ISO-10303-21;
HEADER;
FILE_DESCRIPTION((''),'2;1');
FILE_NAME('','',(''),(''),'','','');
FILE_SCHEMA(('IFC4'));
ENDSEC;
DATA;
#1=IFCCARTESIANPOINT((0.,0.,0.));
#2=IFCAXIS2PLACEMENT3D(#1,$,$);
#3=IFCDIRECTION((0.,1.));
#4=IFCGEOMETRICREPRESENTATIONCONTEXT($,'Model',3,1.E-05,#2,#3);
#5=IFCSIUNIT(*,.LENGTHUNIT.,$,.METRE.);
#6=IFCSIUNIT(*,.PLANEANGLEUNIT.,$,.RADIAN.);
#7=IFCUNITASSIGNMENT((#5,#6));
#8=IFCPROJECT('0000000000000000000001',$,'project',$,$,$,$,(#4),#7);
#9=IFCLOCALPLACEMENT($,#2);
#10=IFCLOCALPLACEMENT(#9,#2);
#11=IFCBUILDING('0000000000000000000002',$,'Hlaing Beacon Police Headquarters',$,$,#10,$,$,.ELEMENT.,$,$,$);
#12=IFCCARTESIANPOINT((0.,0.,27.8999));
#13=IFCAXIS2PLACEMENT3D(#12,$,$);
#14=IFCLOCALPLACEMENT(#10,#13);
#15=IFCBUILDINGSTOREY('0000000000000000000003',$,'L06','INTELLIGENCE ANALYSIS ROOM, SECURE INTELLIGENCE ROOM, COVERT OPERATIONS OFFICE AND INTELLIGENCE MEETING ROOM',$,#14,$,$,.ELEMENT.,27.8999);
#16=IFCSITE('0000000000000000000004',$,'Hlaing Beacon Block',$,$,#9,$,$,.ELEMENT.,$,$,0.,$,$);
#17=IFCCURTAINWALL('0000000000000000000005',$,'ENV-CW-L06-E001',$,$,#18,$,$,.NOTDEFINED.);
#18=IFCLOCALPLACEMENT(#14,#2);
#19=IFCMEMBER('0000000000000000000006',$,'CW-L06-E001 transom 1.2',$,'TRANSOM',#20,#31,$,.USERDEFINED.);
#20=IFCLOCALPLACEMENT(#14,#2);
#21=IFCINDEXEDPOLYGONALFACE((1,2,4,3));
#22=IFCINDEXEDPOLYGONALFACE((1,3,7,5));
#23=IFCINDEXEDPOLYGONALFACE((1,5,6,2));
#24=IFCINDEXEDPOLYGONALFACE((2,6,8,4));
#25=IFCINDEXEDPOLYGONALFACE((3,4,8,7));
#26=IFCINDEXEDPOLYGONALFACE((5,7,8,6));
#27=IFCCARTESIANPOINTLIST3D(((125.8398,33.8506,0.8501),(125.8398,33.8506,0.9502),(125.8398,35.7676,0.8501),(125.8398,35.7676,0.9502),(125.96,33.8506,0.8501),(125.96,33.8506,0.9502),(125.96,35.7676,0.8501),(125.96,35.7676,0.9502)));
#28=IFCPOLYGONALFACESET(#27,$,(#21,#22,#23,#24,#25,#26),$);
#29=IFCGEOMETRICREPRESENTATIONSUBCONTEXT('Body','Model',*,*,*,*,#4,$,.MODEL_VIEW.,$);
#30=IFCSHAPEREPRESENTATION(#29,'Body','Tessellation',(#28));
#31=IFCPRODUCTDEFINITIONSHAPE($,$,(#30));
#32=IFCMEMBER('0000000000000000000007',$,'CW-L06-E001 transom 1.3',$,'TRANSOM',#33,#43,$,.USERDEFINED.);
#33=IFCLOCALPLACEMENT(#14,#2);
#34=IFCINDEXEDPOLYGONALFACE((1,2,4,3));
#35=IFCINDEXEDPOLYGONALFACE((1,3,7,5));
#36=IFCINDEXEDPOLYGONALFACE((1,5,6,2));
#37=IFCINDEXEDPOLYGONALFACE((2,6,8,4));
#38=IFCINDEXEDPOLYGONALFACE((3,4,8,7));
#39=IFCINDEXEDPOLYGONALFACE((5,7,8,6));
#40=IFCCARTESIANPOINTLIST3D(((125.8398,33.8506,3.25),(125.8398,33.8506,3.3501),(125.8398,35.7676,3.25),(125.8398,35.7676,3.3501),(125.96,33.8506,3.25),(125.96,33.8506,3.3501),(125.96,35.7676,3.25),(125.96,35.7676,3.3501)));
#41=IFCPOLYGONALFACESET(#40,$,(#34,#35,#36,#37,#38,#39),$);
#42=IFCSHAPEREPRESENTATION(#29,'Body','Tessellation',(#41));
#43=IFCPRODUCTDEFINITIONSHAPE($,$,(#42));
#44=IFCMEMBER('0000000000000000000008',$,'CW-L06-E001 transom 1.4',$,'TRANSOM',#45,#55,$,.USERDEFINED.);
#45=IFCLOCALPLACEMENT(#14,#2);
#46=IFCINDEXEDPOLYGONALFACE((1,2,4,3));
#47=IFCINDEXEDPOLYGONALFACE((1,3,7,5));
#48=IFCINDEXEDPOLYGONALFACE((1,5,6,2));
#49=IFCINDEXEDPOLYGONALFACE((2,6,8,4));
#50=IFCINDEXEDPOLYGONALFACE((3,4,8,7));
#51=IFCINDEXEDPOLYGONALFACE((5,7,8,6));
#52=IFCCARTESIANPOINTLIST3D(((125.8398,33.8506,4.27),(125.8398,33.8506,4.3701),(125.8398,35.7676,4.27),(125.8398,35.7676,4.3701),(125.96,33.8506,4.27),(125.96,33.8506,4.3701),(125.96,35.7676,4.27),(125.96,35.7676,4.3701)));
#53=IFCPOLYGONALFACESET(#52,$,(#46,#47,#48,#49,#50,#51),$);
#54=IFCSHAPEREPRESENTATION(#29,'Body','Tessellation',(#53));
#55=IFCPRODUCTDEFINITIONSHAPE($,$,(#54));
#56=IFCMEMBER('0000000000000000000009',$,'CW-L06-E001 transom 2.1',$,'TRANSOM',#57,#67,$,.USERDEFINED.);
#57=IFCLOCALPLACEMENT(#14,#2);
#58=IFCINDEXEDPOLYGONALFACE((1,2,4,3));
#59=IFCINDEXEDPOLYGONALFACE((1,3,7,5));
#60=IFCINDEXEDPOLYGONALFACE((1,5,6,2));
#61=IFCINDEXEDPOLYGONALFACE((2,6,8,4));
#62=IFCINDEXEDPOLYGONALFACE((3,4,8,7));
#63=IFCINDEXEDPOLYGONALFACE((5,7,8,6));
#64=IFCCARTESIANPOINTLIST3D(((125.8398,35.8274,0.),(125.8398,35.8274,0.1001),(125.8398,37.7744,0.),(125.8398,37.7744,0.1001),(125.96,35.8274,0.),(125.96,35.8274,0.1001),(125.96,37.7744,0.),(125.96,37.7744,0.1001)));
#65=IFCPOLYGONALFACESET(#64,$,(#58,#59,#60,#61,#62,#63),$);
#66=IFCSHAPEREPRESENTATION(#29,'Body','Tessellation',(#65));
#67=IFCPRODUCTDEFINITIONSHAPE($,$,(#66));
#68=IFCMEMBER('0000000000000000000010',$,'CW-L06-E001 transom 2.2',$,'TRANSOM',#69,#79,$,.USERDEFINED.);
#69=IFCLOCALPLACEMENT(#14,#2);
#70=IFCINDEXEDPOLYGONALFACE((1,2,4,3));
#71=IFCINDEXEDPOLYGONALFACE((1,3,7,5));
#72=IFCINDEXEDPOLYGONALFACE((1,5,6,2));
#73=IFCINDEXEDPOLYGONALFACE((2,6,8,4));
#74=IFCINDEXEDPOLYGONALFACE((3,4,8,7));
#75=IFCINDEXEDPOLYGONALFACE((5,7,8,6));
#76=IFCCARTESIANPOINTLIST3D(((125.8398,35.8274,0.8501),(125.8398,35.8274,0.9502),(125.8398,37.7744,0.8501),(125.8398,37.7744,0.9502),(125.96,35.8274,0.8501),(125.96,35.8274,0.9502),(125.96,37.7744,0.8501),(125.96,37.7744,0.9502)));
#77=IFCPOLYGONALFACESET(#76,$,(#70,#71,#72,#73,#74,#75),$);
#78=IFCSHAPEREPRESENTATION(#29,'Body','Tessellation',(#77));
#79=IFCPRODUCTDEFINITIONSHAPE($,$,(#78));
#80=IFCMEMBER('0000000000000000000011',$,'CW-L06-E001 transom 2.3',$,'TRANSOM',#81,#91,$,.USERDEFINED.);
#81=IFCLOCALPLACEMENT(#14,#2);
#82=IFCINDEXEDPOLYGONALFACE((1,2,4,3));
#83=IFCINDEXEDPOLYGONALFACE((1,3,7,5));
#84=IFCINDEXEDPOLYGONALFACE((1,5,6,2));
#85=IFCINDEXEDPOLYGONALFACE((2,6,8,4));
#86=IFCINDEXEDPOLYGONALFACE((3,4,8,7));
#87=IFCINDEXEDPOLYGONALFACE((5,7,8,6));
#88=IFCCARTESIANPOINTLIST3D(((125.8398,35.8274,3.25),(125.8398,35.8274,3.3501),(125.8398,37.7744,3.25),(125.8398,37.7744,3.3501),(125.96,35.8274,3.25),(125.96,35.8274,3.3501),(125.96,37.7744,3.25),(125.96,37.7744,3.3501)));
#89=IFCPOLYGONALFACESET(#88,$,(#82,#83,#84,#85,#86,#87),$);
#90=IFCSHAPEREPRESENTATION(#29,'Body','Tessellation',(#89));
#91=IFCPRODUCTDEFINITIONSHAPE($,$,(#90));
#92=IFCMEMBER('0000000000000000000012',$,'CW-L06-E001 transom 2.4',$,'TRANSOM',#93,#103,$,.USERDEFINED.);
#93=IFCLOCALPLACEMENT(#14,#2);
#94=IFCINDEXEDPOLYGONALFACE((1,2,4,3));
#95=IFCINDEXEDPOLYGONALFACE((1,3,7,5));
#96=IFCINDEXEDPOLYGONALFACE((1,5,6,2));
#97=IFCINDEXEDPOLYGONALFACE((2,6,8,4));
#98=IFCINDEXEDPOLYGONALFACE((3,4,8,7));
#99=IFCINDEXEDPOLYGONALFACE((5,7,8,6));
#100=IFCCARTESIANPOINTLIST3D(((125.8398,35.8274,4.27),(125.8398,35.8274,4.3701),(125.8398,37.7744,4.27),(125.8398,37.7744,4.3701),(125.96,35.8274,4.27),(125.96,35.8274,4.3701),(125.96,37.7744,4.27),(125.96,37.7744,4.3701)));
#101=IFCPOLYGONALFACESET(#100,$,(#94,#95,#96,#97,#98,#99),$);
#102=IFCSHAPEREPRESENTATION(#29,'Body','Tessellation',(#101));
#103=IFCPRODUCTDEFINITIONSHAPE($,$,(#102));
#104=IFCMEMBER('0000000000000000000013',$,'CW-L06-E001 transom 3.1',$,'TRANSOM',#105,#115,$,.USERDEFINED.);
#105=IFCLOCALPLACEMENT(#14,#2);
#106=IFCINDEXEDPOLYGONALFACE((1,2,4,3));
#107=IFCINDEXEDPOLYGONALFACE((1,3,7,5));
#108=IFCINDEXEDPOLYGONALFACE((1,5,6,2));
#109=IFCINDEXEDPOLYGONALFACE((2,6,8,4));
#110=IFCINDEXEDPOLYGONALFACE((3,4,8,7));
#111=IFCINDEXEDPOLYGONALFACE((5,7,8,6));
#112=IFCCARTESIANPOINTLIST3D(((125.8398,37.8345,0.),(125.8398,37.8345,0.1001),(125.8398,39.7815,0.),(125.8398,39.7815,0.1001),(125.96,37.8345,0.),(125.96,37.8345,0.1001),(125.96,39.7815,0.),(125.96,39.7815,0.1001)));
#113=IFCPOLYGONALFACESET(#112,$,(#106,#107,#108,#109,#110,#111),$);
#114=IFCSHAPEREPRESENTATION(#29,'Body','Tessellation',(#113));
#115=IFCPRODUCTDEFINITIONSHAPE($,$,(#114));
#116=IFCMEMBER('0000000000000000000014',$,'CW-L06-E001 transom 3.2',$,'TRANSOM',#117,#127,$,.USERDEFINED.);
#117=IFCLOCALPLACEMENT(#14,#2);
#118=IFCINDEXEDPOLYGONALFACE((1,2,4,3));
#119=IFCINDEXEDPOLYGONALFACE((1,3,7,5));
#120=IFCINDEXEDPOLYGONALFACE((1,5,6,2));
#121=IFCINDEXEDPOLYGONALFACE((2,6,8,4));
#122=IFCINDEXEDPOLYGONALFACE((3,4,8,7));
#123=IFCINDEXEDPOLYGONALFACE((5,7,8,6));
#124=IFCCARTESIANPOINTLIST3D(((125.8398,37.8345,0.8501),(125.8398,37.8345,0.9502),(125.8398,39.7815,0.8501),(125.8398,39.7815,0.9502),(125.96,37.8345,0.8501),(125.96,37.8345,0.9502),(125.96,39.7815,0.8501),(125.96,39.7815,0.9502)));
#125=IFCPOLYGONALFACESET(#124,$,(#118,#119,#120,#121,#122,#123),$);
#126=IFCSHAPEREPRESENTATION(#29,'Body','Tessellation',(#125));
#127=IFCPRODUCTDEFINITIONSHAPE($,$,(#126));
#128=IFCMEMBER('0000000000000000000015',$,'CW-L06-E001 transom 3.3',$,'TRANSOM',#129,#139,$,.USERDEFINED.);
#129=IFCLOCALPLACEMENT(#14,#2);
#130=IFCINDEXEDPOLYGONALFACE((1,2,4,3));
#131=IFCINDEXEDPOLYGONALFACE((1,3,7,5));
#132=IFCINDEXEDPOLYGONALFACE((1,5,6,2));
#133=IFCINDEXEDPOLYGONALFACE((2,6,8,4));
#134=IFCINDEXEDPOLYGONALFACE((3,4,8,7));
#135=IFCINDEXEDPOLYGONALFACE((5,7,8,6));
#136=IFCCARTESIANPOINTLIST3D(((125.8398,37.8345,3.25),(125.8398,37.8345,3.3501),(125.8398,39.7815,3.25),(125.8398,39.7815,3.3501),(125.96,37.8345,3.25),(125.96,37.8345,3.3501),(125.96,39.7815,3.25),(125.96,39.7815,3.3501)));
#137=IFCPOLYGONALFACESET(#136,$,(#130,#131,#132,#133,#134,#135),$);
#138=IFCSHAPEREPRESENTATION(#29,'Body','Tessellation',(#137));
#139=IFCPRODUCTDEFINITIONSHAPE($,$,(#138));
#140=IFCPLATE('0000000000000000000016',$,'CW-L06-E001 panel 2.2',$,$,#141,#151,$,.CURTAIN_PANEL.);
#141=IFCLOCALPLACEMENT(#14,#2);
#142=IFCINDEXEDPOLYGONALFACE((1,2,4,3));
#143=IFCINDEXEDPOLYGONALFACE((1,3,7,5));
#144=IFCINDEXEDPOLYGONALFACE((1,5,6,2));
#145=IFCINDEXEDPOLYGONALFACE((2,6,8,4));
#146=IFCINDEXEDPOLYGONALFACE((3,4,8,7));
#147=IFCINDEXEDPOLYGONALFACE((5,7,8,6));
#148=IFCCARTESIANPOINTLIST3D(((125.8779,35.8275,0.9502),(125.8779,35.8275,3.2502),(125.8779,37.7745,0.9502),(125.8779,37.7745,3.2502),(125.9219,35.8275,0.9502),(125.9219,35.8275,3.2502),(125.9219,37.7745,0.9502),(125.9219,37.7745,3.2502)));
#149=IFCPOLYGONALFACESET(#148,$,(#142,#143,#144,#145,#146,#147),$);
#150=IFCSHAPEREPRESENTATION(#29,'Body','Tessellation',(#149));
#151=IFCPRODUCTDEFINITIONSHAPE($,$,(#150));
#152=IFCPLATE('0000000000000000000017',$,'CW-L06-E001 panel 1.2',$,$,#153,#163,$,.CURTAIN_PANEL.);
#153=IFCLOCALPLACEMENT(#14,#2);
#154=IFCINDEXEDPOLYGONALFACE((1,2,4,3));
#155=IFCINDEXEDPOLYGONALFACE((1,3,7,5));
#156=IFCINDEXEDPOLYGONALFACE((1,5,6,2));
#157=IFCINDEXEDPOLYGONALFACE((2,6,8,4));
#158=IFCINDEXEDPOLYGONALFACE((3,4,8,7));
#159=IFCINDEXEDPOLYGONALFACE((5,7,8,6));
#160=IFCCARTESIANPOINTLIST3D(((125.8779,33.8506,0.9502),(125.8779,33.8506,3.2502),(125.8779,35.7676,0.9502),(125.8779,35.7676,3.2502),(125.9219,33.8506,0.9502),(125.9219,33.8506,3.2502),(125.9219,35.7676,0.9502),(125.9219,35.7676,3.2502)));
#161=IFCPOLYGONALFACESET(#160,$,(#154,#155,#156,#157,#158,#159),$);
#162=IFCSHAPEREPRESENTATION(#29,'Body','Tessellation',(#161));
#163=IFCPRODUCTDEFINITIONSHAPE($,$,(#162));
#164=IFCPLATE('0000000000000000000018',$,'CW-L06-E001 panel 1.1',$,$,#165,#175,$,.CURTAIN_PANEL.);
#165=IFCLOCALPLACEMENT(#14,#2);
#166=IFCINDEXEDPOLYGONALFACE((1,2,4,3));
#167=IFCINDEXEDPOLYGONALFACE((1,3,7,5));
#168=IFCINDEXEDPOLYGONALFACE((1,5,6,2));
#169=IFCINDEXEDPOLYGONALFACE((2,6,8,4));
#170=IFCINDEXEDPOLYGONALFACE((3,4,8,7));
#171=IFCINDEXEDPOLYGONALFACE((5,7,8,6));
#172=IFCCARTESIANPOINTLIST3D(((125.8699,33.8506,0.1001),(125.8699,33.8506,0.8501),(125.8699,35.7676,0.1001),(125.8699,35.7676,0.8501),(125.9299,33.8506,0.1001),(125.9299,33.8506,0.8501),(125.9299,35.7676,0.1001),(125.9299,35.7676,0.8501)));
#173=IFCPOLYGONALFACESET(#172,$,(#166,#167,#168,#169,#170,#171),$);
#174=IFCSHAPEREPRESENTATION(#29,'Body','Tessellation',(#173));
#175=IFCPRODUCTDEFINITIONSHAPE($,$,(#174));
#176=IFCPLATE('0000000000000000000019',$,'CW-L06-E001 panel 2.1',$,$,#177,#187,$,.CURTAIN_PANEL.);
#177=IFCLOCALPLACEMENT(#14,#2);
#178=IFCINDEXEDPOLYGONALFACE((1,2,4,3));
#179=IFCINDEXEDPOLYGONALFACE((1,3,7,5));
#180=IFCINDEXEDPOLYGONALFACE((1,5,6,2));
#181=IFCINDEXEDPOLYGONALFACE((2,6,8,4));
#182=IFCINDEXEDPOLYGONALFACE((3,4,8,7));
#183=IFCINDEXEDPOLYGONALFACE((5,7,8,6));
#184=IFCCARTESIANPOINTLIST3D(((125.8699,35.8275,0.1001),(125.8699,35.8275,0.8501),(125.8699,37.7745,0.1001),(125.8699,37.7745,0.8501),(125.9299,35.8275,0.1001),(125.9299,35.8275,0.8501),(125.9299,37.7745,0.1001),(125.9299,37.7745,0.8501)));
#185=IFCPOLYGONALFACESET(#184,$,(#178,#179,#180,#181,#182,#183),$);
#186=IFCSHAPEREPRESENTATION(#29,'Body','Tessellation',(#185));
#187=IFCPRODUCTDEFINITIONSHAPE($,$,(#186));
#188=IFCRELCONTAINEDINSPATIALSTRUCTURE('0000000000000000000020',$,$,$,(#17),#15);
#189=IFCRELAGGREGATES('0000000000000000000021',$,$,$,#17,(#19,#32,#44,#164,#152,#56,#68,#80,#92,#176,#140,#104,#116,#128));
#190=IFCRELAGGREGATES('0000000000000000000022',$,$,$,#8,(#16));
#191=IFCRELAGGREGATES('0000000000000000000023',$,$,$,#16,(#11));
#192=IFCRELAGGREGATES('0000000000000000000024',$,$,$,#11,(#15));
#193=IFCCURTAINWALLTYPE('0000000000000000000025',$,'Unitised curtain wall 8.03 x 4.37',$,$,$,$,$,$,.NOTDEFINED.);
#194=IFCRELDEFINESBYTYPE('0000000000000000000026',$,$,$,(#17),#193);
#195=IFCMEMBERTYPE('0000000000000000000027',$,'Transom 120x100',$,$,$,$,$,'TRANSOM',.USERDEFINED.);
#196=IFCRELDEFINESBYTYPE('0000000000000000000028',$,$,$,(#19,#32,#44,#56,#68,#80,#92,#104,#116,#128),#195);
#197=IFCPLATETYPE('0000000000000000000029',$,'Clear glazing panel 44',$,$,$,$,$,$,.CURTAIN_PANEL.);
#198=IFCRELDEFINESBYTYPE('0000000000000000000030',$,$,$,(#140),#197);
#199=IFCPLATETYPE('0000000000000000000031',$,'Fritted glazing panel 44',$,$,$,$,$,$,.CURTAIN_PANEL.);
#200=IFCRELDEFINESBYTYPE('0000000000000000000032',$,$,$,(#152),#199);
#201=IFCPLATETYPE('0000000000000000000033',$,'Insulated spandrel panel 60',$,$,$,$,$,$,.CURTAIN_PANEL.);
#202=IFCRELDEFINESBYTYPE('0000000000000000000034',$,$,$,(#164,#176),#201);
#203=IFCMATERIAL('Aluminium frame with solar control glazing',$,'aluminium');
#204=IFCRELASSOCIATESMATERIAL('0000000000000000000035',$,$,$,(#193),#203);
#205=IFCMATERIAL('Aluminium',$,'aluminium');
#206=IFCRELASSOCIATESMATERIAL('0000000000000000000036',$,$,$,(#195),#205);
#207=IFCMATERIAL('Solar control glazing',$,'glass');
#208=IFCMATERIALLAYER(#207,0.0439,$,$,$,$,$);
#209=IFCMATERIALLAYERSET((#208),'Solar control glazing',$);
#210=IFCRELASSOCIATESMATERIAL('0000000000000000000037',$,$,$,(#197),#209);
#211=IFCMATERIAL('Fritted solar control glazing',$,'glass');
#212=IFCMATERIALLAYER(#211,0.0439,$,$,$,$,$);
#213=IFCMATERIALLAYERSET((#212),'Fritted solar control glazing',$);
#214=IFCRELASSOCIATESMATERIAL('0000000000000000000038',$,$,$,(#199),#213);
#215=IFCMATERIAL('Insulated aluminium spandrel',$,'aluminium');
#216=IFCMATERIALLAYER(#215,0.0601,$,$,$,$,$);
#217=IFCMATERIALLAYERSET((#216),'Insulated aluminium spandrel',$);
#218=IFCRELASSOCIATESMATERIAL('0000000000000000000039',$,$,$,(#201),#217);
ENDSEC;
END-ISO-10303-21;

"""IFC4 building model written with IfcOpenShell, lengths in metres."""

from ifc_helpers import new_model, si_unit, direction, frame, origin, origin_2d, place, context, subcontext, project, spatial, rectangle, extrude, material, layer, layer_set, material_profile, profile_set, type_object, element, aggregate, save


model = new_model("IFC4")

# Units and contexts
model_context = context("Model", 3, precision=1e-05, world=origin(), true_north=direction((0.0, 1.0)))
body_context = subcontext(model_context, "Body", "Model", "MODEL_VIEW")
ifc_project = project(units=[si_unit("LENGTHUNIT", "METRE"), si_unit("PLANEANGLEUNIT", "RADIAN")], contexts=[model_context])

# Site, building, storey
site_placement = place(None, origin())
site = spatial("IfcSite", under=ifc_project, at=site_placement, Name="Hlaing Beacon Block", CompositionType="ELEMENT", RefElevation=0.0)
building_placement = place(site_placement, origin())
building = spatial("IfcBuilding", under=site, at=building_placement, Name="Hlaing Beacon Police Headquarters", CompositionType="ELEMENT")
storey_placement = place(building_placement, frame((0.0, 0.0, 27.8999)))
storey = spatial("IfcBuildingStorey", under=building, at=storey_placement, Name="L06", Description="INTELLIGENCE ANALYSIS ROOM, SECURE INTELLIGENCE ROOM, COVERT OPERATIONS OFFICE AND INTELLIGENCE MEETING ROOM", CompositionType="ELEMENT", Elevation=27.8999)

# Curtain wall
ifc_material_1 = material(Name="Aluminium frame with solar control glazing", Category="aluminium")
curtain_wall_type = type_object("IfcCurtainWallType", Name="Unitised curtain wall 8.03 x 4.37", PredefinedType="NOTDEFINED", material=ifc_material_1)
curtain_wall_placement = place(storey_placement, origin())
curtain_wall = element("IfcCurtainWall", 1, at=curtain_wall_placement, inside=storey, type_object=curtain_wall_type, Name="ENV-CW-L06-E001", PredefinedType="NOTDEFINED")

# Members
ifc_material_2 = material(Name="Aluminium", Category="aluminium")
ifc_material_profile_1 = material_profile(ifc_material_2, rectangle(XDim=0.1201, YDim=0.1001, at=origin_2d()), Name="Transom 120x100")
ifc_profile_set_1 = profile_set([ifc_material_profile_1], Name="Aluminium")
member_type_1 = type_object("IfcMemberType", Name="Transom 120x100", ElementType="TRANSOM", PredefinedType="USERDEFINED", material=ifc_profile_set_1)
member_1_placement = place(storey_placement, frame((125.8999, 33.8506, 0.9001), z_axis=(0.0, 1.0, 0.0), x_axis=(-1.0, 0.0, 0.0)))
member_1 = element("IfcMember", 2, at=member_1_placement, type_object=member_type_1, Name="CW-L06-E001 transom 1.2", ObjectType="TRANSOM", PredefinedType="USERDEFINED", context=body_context, shape_type="SweptSolid", body=[
    extrude(rectangle(XDim=0.1201, YDim=0.1001, at=origin_2d()), origin(), (0.0, 0.0, 1.0), 1.917),
])
member_2_placement = place(storey_placement, frame((125.8999, 33.8506, 3.3), z_axis=(0.0, 1.0, 0.0), x_axis=(-1.0, 0.0, 0.0)))
member_2 = element("IfcMember", 3, at=member_2_placement, type_object=member_type_1, Name="CW-L06-E001 transom 1.3", ObjectType="TRANSOM", PredefinedType="USERDEFINED", context=body_context, shape_type="SweptSolid", body=[
    extrude(rectangle(XDim=0.1201, YDim=0.1001, at=origin_2d()), origin(), (0.0, 0.0, 1.0), 1.917),
])
member_3_placement = place(storey_placement, frame((125.8999, 33.8506, 4.3201), z_axis=(0.0, 1.0, 0.0), x_axis=(-1.0, 0.0, 0.0)))
member_3 = element("IfcMember", 4, at=member_3_placement, type_object=member_type_1, Name="CW-L06-E001 transom 1.4", ObjectType="TRANSOM", PredefinedType="USERDEFINED", context=body_context, shape_type="SweptSolid", body=[
    extrude(rectangle(XDim=0.1201, YDim=0.1001, at=origin_2d()), origin(), (0.0, 0.0, 1.0), 1.917),
])
member_4_placement = place(storey_placement, frame((125.8999, 35.8274, 0.05), z_axis=(0.0, 1.0, 0.0), x_axis=(-1.0, 0.0, 0.0)))
member_4 = element("IfcMember", 5, at=member_4_placement, type_object=member_type_1, Name="CW-L06-E001 transom 2.1", ObjectType="TRANSOM", PredefinedType="USERDEFINED", context=body_context, shape_type="SweptSolid", body=[
    extrude(rectangle(XDim=0.1201, YDim=0.1001, at=origin_2d()), origin(), (0.0, 0.0, 1.0), 1.947),
])
member_5_placement = place(storey_placement, frame((125.8999, 35.8274, 0.9001), z_axis=(0.0, 1.0, 0.0), x_axis=(-1.0, 0.0, 0.0)))
member_5 = element("IfcMember", 6, at=member_5_placement, type_object=member_type_1, Name="CW-L06-E001 transom 2.2", ObjectType="TRANSOM", PredefinedType="USERDEFINED", context=body_context, shape_type="SweptSolid", body=[
    extrude(rectangle(XDim=0.1201, YDim=0.1001, at=origin_2d()), origin(), (0.0, 0.0, 1.0), 1.947),
])
member_6_placement = place(storey_placement, frame((125.8999, 35.8274, 3.3), z_axis=(0.0, 1.0, 0.0), x_axis=(-1.0, 0.0, 0.0)))
member_6 = element("IfcMember", 7, at=member_6_placement, type_object=member_type_1, Name="CW-L06-E001 transom 2.3", ObjectType="TRANSOM", PredefinedType="USERDEFINED", context=body_context, shape_type="SweptSolid", body=[
    extrude(rectangle(XDim=0.1201, YDim=0.1001, at=origin_2d()), origin(), (0.0, 0.0, 1.0), 1.947),
])
member_7_placement = place(storey_placement, frame((125.8999, 35.8274, 4.3201), z_axis=(0.0, 1.0, 0.0), x_axis=(-1.0, 0.0, 0.0)))
member_7 = element("IfcMember", 8, at=member_7_placement, type_object=member_type_1, Name="CW-L06-E001 transom 2.4", ObjectType="TRANSOM", PredefinedType="USERDEFINED", context=body_context, shape_type="SweptSolid", body=[
    extrude(rectangle(XDim=0.1201, YDim=0.1001, at=origin_2d()), origin(), (0.0, 0.0, 1.0), 1.947),
])
member_8_placement = place(storey_placement, frame((125.8999, 37.8345, 0.05), z_axis=(0.0, 1.0, 0.0), x_axis=(-1.0, 0.0, 0.0)))
member_8 = element("IfcMember", 9, at=member_8_placement, type_object=member_type_1, Name="CW-L06-E001 transom 3.1", ObjectType="TRANSOM", PredefinedType="USERDEFINED", context=body_context, shape_type="SweptSolid", body=[
    extrude(rectangle(XDim=0.1201, YDim=0.1001, at=origin_2d()), origin(), (0.0, 0.0, 1.0), 1.947),
])
member_9_placement = place(storey_placement, frame((125.8999, 37.8345, 0.9001), z_axis=(0.0, 1.0, 0.0), x_axis=(-1.0, 0.0, 0.0)))
member_9 = element("IfcMember", 10, at=member_9_placement, type_object=member_type_1, Name="CW-L06-E001 transom 3.2", ObjectType="TRANSOM", PredefinedType="USERDEFINED", context=body_context, shape_type="SweptSolid", body=[
    extrude(rectangle(XDim=0.1201, YDim=0.1001, at=origin_2d()), origin(), (0.0, 0.0, 1.0), 1.947),
])
member_10_placement = place(storey_placement, frame((125.8999, 37.8345, 3.3), z_axis=(0.0, 1.0, 0.0), x_axis=(-1.0, 0.0, 0.0)))
member_10 = element("IfcMember", 11, at=member_10_placement, type_object=member_type_1, Name="CW-L06-E001 transom 3.3", ObjectType="TRANSOM", PredefinedType="USERDEFINED", context=body_context, shape_type="SweptSolid", body=[
    extrude(rectangle(XDim=0.1201, YDim=0.1001, at=origin_2d()), origin(), (0.0, 0.0, 1.0), 1.947),
])

# Plates
ifc_material_3 = material(Name="Solar control glazing", Category="glass")
ifc_layer_1 = layer(ifc_material_3, 0.0439)
ifc_layer_set_1 = layer_set([ifc_layer_1], Name="Solar control glazing")
plate_type_1 = type_object("IfcPlateType", Name="Clear glazing panel 44", PredefinedType="CURTAIN_PANEL", material=ifc_layer_set_1)
plate_1_placement = place(storey_placement, frame((125.8999, 36.801, 0.9502), z_axis=(0.0, 0.0, 1.0), x_axis=(0.0, 1.0, 0.0)))
plate_1 = element("IfcPlate", 12, at=plate_1_placement, type_object=plate_type_1, Name="CW-L06-E001 panel 2.2", PredefinedType="CURTAIN_PANEL", context=body_context, shape_type="SweptSolid", body=[
    extrude(rectangle(XDim=1.947, YDim=0.0439, at=origin_2d()), origin(), (0.0, 0.0, 1.0), 2.3),
])
ifc_material_4 = material(Name="Fritted solar control glazing", Category="glass")
ifc_layer_2 = layer(ifc_material_4, 0.0439)
ifc_layer_set_2 = layer_set([ifc_layer_2], Name="Fritted solar control glazing")
plate_type_2 = type_object("IfcPlateType", Name="Fritted glazing panel 44", PredefinedType="CURTAIN_PANEL", material=ifc_layer_set_2)
plate_2_placement = place(storey_placement, frame((125.8999, 34.8091, 0.9502), z_axis=(0.0, 0.0, 1.0), x_axis=(0.0, 1.0, 0.0)))
plate_2 = element("IfcPlate", 13, at=plate_2_placement, type_object=plate_type_2, Name="CW-L06-E001 panel 1.2", PredefinedType="CURTAIN_PANEL", context=body_context, shape_type="SweptSolid", body=[
    extrude(rectangle(XDim=1.917, YDim=0.0439, at=origin_2d()), origin(), (0.0, 0.0, 1.0), 2.3),
])
ifc_material_5 = material(Name="Insulated aluminium spandrel", Category="aluminium")
ifc_layer_3 = layer(ifc_material_5, 0.0601)
ifc_layer_set_3 = layer_set([ifc_layer_3], Name="Insulated aluminium spandrel")
plate_type_3 = type_object("IfcPlateType", Name="Insulated spandrel panel 60", PredefinedType="CURTAIN_PANEL", material=ifc_layer_set_3)
plate_3_placement = place(storey_placement, frame((125.8999, 34.8091, 0.1001), z_axis=(0.0, 0.0, 1.0), x_axis=(0.0, 1.0, 0.0)))
plate_3 = element("IfcPlate", 14, at=plate_3_placement, type_object=plate_type_3, Name="CW-L06-E001 panel 1.1", PredefinedType="CURTAIN_PANEL", context=body_context, shape_type="SweptSolid", body=[
    extrude(rectangle(XDim=1.917, YDim=0.0601, at=origin_2d()), origin(), (0.0, 0.0, 1.0), 0.75),
])
plate_4_placement = place(storey_placement, frame((125.8999, 36.801, 0.1001), z_axis=(0.0, 0.0, 1.0), x_axis=(0.0, 1.0, 0.0)))
plate_4 = element("IfcPlate", 15, at=plate_4_placement, type_object=plate_type_3, Name="CW-L06-E001 panel 2.1", PredefinedType="CURTAIN_PANEL", context=body_context, shape_type="SweptSolid", body=[
    extrude(rectangle(XDim=1.947, YDim=0.0601, at=origin_2d()), origin(), (0.0, 0.0, 1.0), 0.75),
])
aggregate(curtain_wall, [member_1, member_2, member_3, plate_3, plate_2, member_4, member_5, member_6, member_7, plate_4, plate_1, member_8, member_9, member_10])

save(model, "model.ifc")
